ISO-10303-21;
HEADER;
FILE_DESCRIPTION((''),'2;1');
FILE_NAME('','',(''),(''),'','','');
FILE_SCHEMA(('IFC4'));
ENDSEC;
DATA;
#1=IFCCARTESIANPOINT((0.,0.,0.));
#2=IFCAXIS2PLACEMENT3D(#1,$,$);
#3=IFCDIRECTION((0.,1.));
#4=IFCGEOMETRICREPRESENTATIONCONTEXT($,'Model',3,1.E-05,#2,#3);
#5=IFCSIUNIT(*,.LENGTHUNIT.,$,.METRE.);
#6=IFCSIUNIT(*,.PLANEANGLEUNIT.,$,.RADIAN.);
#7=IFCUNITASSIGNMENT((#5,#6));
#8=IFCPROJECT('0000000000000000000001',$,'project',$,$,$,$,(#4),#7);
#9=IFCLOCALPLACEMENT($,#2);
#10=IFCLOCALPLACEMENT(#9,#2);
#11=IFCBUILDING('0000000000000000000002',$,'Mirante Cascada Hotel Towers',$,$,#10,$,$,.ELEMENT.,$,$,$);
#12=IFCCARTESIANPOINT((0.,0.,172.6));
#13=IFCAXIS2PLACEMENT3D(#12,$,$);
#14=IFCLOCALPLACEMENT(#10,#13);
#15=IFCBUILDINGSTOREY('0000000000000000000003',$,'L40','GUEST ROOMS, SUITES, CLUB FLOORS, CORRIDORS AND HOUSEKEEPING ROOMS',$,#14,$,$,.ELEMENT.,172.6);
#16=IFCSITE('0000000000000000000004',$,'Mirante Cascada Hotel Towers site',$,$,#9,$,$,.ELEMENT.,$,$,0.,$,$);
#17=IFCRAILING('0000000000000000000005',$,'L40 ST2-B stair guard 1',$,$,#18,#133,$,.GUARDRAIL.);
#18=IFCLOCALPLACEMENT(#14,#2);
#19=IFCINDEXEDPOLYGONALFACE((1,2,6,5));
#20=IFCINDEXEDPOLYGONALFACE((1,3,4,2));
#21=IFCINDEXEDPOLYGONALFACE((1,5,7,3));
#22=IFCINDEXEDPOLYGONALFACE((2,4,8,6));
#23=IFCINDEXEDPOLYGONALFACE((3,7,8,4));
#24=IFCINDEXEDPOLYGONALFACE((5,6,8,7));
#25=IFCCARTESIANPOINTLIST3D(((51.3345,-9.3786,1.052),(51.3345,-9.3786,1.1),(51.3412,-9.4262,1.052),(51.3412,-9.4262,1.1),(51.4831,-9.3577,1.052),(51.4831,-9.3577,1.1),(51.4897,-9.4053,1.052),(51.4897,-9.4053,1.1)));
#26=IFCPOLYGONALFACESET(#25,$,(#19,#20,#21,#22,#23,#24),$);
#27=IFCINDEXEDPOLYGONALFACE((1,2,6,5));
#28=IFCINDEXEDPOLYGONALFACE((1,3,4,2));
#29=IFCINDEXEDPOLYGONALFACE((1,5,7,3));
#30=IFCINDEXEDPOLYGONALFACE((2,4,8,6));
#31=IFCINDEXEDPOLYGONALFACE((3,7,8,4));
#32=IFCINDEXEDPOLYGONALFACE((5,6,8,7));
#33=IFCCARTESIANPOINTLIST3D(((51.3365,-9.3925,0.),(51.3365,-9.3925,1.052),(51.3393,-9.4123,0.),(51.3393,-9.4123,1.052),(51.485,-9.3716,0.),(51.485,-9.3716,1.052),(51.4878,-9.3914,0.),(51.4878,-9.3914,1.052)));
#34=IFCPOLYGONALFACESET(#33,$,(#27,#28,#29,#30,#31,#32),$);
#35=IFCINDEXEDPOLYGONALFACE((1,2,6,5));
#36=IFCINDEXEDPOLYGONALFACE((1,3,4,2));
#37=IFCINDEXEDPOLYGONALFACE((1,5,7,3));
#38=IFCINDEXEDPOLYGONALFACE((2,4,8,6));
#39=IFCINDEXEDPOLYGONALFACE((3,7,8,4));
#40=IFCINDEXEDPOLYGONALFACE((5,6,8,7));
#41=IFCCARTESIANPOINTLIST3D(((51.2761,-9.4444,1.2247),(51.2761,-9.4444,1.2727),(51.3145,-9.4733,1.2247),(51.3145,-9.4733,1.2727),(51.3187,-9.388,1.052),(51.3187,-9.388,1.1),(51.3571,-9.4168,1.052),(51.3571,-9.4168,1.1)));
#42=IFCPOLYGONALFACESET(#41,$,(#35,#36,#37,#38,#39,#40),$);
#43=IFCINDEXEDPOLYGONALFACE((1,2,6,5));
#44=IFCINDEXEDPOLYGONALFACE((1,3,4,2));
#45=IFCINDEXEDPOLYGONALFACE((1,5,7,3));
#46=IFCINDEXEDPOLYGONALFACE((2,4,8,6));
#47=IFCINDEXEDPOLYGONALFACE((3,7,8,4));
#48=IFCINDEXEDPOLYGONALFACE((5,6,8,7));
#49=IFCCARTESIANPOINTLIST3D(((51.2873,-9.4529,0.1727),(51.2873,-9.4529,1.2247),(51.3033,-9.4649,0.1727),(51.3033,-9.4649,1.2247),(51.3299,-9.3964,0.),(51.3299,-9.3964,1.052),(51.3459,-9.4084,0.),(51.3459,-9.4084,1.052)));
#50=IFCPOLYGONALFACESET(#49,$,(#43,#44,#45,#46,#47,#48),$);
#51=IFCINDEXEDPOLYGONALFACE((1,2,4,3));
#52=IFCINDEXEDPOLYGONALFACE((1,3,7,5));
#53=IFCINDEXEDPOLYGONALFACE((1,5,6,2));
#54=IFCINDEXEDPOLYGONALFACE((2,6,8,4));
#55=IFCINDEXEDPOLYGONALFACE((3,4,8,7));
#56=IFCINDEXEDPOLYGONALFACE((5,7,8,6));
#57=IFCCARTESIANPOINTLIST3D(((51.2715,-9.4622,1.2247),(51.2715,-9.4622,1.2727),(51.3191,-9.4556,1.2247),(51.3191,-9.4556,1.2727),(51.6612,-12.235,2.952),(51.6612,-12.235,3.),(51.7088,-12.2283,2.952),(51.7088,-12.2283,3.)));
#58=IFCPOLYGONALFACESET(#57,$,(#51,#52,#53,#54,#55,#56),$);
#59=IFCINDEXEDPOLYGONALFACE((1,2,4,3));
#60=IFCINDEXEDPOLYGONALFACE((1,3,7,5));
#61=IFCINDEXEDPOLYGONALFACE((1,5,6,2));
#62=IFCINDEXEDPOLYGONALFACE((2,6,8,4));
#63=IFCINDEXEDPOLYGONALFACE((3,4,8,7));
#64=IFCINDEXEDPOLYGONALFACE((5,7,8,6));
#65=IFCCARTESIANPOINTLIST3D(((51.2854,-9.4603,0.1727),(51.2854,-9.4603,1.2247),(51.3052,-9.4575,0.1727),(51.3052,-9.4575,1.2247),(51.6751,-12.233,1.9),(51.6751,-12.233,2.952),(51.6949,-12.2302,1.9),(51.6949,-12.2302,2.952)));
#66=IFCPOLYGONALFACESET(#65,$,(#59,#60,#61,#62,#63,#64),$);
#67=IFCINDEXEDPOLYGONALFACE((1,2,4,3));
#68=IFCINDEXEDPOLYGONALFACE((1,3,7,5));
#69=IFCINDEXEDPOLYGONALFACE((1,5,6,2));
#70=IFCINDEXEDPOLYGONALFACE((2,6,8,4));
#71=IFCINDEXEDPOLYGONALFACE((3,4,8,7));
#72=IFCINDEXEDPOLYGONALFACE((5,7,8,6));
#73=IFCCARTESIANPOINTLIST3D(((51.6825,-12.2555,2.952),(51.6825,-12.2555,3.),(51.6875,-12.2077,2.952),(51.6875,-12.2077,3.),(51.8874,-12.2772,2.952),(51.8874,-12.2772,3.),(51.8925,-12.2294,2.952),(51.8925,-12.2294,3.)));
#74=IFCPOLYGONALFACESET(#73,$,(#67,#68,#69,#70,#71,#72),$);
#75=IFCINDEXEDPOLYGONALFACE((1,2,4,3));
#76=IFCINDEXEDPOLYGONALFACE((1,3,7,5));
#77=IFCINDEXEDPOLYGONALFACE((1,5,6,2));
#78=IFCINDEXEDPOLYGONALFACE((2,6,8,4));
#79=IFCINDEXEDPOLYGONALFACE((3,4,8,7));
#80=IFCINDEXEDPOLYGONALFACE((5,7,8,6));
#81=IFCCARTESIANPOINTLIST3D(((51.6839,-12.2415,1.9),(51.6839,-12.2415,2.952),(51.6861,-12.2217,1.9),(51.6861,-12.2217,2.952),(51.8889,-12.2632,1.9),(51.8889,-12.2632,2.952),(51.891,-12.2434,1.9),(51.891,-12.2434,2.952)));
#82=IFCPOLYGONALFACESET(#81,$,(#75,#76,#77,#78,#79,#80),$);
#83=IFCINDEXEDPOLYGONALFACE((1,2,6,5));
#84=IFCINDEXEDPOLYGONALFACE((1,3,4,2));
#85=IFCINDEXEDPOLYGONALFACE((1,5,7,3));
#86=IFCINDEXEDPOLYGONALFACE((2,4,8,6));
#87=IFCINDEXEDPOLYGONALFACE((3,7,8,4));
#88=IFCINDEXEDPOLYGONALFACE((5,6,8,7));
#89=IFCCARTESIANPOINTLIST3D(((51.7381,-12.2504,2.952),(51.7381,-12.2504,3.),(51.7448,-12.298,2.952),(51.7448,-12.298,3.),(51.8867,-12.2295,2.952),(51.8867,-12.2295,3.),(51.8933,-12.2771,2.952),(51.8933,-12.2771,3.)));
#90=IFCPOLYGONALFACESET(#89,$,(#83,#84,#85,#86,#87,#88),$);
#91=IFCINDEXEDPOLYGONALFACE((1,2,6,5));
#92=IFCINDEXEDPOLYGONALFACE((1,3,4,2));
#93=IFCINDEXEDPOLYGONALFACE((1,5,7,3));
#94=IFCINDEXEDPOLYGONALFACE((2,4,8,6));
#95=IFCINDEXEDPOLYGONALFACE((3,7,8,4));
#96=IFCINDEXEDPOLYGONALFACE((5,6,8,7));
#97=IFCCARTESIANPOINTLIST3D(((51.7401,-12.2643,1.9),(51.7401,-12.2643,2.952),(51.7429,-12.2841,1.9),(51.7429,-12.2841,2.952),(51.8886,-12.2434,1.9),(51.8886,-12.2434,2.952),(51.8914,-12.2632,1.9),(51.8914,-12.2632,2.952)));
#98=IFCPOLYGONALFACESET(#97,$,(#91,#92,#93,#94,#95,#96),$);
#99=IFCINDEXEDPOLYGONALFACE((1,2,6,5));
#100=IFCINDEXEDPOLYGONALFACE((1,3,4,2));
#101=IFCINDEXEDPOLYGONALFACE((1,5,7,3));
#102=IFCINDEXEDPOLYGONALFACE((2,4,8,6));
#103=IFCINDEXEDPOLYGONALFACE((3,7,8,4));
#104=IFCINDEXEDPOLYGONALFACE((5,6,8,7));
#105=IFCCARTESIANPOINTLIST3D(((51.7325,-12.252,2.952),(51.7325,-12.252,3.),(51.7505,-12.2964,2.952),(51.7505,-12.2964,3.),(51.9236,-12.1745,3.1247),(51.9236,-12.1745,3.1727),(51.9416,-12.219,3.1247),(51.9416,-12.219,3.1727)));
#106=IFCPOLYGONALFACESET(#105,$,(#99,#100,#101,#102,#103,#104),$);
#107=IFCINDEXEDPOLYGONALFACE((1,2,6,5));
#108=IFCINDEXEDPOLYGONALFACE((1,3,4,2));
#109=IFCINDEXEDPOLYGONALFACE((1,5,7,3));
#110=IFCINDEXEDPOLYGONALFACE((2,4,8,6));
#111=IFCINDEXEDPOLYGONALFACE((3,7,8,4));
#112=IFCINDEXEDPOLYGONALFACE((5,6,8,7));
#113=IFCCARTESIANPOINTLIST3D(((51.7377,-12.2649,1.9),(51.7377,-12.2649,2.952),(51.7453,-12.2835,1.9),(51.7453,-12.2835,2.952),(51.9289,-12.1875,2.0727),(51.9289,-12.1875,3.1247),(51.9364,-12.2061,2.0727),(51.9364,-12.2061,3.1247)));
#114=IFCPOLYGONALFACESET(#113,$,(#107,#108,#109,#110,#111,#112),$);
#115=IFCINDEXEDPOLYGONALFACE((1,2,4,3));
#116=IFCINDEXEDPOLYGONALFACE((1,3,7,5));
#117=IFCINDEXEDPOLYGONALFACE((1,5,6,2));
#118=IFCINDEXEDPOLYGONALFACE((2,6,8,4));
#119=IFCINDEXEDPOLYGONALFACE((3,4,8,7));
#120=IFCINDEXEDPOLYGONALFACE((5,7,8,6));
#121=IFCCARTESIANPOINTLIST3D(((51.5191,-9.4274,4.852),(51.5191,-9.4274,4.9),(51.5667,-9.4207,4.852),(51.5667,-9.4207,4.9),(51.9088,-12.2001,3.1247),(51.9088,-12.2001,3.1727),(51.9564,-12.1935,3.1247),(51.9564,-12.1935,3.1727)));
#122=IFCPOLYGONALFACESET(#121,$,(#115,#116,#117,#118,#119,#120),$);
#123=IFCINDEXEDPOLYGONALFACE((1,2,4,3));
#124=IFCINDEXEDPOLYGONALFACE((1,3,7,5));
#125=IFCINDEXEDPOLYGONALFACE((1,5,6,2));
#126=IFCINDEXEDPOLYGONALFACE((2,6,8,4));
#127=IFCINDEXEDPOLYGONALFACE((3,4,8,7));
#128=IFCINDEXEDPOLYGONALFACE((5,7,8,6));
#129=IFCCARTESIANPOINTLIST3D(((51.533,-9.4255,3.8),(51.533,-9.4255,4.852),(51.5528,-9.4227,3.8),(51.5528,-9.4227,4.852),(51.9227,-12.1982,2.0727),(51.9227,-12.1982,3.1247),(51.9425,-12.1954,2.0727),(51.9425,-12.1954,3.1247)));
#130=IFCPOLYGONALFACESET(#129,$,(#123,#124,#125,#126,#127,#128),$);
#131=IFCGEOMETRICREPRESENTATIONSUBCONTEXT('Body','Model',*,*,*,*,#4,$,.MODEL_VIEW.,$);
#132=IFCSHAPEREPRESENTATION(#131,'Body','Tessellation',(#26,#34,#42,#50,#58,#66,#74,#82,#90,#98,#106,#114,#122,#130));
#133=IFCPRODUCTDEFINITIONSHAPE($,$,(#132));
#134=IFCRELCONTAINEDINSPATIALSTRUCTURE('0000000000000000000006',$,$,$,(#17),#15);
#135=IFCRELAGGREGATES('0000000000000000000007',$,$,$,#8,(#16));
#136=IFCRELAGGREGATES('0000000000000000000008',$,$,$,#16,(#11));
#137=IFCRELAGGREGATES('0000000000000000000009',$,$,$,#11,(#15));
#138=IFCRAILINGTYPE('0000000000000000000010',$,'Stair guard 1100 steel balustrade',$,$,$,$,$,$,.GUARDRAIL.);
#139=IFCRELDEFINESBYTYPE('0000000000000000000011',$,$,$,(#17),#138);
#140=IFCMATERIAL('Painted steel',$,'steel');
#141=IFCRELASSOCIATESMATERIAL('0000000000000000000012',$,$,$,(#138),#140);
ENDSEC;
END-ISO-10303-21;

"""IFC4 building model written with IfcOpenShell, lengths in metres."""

from ifc_helpers import new_model, si_unit, direction, frame, origin, origin_2d, place, context, subcontext, project, spatial, rectangle, extrude, material, type_object, element, save


model = new_model("IFC4")

# Units and contexts
model_context = context("Model", 3, precision=1e-05, world=origin(), true_north=direction((0.0, 1.0)))
body_context = subcontext(model_context, "Body", "Model", "MODEL_VIEW")
ifc_project = project(units=[si_unit("LENGTHUNIT", "METRE"), si_unit("PLANEANGLEUNIT", "RADIAN")], contexts=[model_context])

# Site, building, storey
site_placement = place(None, origin())
site = spatial("IfcSite", under=ifc_project, at=site_placement, Name="Mirante Cascada Hotel Towers site", CompositionType="ELEMENT", RefElevation=0.0)
building_placement = place(site_placement, origin())
building = spatial("IfcBuilding", under=site, at=building_placement, Name="Mirante Cascada Hotel Towers", CompositionType="ELEMENT")
storey_placement = place(building_placement, frame((0.0, 0.0, 172.6)))
storey = spatial("IfcBuildingStorey", under=building, at=storey_placement, Name="L40", Description="GUEST ROOMS, SUITES, CLUB FLOORS, CORRIDORS AND HOUSEKEEPING ROOMS", CompositionType="ELEMENT", Elevation=172.6)

# Railing
ifc_material_1 = material(Name="Painted steel", Category="steel")
railing_type_1 = type_object("IfcRailingType", Name="Stair guard 1100 steel balustrade", PredefinedType="GUARDRAIL", material=ifc_material_1)
railing_1_placement = place(storey_placement, frame((51.4864, -9.3815, 0.0)))
element("IfcRailing", 1, at=railing_1_placement, inside=storey, type_object=railing_type_1, Name="L40 ST2-B stair guard 1", PredefinedType="GUARDRAIL", context=body_context, shape_type="SweptSolid", body=[
    extrude(rectangle(XDim=0.048, YDim=0.048, at=origin_2d()), frame((0.0, 0.0, 1.076), z_axis=(-0.990241, -0.139367, 0.0), x_axis=(0.139367, -0.990241, 0.0)), (0.0, 0.0, 1.0), 0.15),
    extrude(rectangle(XDim=0.02, YDim=1.052, at=origin_2d()), frame((0.0, 0.0, 0.526), z_axis=(-0.990241, -0.139367, 0.0), x_axis=(0.139367, -0.990241, 0.0)), (0.0, 0.0, 1.0), 0.15),
    extrude(rectangle(XDim=0.048, YDim=0.048, at=origin_2d()), frame((-0.1485, -0.0209, 1.076), z_axis=(-0.602033, -0.798471, 0.0), x_axis=(0.798471, -0.602033, 0.0)), (0.0, 0.92534, 0.379139), 0.1866),
    extrude(rectangle(XDim=0.02, YDim=1.052, at=origin_2d()), frame((-0.1485, -0.0209, 0.526), z_axis=(-0.602033, -0.798471, 0.0), x_axis=(0.798471, -0.602033, 0.0)), (0.0, 0.92534, 0.379139), 0.1866),
    extrude(rectangle(XDim=0.048, YDim=0.048, at=origin_2d()), frame((-0.1911, -0.0774, 1.2487), z_axis=(0.139181, -0.990267, 0.0), x_axis=(0.990267, 0.139181, 0.0)), (0.0, 0.525035, 0.851081), 3.2899),
    extrude(rectangle(XDim=0.02, YDim=1.052, at=origin_2d()), frame((-0.1911, -0.0774, 0.6987), z_axis=(0.139181, -0.990267, 0.0), x_axis=(0.990267, 0.139181, 0.0)), (0.0, 0.525035, 0.851081), 3.2899),
    extrude(rectangle(XDim=0.048, YDim=0.048, at=origin_2d()), frame((0.1986, -2.8501, 2.976), z_axis=(0.994444, -0.105266, 0.0), x_axis=(0.105266, 0.994444, 0.0)), (0.0, 0.0, 1.0), 0.2061),
    extrude(rectangle(XDim=0.02, YDim=1.052, at=origin_2d()), frame((0.1986, -2.8501, 2.426), z_axis=(0.994444, -0.105266, 0.0), x_axis=(0.105266, 0.994444, 0.0)), (0.0, 0.0, 1.0), 0.2061),
    extrude(rectangle(XDim=0.048, YDim=0.048, at=origin_2d()), frame((0.4036, -2.8718, 2.976), z_axis=(-0.990241, -0.139367, 0.0), x_axis=(0.139367, -0.990241, 0.0)), (0.0, 0.0, 1.0), 0.15),
    extrude(rectangle(XDim=0.02, YDim=1.052, at=origin_2d()), frame((0.4036, -2.8718, 2.426), z_axis=(-0.990241, -0.139367, 0.0), x_axis=(0.139367, -0.990241, 0.0)), (0.0, 0.0, 1.0), 0.15),
    extrude(rectangle(XDim=0.048, YDim=0.048, at=origin_2d()), frame((0.2551, -2.8927, 2.976), z_axis=(0.926862, 0.375401, 0.0), x_axis=(-0.375401, 0.926862, 0.0)), (0.0, 0.642122, 0.766603), 0.269),
    extrude(rectangle(XDim=0.02, YDim=1.052, at=origin_2d()), frame((0.2551, -2.8927, 2.426), z_axis=(0.926862, 0.375401, 0.0), x_axis=(-0.375401, 0.926862, 0.0)), (0.0, 0.642122, 0.766603), 0.269),
    extrude(rectangle(XDim=0.048, YDim=0.048, at=origin_2d()), frame((0.4462, -2.8153, 3.1487), z_axis=(-0.139181, 0.990267, 0.0), x_axis=(-0.990267, -0.139181, 0.0)), (0.0, 0.525035, 0.851081), 3.2899),
    extrude(rectangle(XDim=0.02, YDim=1.052, at=origin_2d()), frame((0.4462, -2.8153, 2.5987), z_axis=(-0.139181, 0.990267, 0.0), x_axis=(-0.990267, -0.139181, 0.0)), (0.0, 0.525035, 0.851081), 3.2899),
])

save(model, "model.ifc")
